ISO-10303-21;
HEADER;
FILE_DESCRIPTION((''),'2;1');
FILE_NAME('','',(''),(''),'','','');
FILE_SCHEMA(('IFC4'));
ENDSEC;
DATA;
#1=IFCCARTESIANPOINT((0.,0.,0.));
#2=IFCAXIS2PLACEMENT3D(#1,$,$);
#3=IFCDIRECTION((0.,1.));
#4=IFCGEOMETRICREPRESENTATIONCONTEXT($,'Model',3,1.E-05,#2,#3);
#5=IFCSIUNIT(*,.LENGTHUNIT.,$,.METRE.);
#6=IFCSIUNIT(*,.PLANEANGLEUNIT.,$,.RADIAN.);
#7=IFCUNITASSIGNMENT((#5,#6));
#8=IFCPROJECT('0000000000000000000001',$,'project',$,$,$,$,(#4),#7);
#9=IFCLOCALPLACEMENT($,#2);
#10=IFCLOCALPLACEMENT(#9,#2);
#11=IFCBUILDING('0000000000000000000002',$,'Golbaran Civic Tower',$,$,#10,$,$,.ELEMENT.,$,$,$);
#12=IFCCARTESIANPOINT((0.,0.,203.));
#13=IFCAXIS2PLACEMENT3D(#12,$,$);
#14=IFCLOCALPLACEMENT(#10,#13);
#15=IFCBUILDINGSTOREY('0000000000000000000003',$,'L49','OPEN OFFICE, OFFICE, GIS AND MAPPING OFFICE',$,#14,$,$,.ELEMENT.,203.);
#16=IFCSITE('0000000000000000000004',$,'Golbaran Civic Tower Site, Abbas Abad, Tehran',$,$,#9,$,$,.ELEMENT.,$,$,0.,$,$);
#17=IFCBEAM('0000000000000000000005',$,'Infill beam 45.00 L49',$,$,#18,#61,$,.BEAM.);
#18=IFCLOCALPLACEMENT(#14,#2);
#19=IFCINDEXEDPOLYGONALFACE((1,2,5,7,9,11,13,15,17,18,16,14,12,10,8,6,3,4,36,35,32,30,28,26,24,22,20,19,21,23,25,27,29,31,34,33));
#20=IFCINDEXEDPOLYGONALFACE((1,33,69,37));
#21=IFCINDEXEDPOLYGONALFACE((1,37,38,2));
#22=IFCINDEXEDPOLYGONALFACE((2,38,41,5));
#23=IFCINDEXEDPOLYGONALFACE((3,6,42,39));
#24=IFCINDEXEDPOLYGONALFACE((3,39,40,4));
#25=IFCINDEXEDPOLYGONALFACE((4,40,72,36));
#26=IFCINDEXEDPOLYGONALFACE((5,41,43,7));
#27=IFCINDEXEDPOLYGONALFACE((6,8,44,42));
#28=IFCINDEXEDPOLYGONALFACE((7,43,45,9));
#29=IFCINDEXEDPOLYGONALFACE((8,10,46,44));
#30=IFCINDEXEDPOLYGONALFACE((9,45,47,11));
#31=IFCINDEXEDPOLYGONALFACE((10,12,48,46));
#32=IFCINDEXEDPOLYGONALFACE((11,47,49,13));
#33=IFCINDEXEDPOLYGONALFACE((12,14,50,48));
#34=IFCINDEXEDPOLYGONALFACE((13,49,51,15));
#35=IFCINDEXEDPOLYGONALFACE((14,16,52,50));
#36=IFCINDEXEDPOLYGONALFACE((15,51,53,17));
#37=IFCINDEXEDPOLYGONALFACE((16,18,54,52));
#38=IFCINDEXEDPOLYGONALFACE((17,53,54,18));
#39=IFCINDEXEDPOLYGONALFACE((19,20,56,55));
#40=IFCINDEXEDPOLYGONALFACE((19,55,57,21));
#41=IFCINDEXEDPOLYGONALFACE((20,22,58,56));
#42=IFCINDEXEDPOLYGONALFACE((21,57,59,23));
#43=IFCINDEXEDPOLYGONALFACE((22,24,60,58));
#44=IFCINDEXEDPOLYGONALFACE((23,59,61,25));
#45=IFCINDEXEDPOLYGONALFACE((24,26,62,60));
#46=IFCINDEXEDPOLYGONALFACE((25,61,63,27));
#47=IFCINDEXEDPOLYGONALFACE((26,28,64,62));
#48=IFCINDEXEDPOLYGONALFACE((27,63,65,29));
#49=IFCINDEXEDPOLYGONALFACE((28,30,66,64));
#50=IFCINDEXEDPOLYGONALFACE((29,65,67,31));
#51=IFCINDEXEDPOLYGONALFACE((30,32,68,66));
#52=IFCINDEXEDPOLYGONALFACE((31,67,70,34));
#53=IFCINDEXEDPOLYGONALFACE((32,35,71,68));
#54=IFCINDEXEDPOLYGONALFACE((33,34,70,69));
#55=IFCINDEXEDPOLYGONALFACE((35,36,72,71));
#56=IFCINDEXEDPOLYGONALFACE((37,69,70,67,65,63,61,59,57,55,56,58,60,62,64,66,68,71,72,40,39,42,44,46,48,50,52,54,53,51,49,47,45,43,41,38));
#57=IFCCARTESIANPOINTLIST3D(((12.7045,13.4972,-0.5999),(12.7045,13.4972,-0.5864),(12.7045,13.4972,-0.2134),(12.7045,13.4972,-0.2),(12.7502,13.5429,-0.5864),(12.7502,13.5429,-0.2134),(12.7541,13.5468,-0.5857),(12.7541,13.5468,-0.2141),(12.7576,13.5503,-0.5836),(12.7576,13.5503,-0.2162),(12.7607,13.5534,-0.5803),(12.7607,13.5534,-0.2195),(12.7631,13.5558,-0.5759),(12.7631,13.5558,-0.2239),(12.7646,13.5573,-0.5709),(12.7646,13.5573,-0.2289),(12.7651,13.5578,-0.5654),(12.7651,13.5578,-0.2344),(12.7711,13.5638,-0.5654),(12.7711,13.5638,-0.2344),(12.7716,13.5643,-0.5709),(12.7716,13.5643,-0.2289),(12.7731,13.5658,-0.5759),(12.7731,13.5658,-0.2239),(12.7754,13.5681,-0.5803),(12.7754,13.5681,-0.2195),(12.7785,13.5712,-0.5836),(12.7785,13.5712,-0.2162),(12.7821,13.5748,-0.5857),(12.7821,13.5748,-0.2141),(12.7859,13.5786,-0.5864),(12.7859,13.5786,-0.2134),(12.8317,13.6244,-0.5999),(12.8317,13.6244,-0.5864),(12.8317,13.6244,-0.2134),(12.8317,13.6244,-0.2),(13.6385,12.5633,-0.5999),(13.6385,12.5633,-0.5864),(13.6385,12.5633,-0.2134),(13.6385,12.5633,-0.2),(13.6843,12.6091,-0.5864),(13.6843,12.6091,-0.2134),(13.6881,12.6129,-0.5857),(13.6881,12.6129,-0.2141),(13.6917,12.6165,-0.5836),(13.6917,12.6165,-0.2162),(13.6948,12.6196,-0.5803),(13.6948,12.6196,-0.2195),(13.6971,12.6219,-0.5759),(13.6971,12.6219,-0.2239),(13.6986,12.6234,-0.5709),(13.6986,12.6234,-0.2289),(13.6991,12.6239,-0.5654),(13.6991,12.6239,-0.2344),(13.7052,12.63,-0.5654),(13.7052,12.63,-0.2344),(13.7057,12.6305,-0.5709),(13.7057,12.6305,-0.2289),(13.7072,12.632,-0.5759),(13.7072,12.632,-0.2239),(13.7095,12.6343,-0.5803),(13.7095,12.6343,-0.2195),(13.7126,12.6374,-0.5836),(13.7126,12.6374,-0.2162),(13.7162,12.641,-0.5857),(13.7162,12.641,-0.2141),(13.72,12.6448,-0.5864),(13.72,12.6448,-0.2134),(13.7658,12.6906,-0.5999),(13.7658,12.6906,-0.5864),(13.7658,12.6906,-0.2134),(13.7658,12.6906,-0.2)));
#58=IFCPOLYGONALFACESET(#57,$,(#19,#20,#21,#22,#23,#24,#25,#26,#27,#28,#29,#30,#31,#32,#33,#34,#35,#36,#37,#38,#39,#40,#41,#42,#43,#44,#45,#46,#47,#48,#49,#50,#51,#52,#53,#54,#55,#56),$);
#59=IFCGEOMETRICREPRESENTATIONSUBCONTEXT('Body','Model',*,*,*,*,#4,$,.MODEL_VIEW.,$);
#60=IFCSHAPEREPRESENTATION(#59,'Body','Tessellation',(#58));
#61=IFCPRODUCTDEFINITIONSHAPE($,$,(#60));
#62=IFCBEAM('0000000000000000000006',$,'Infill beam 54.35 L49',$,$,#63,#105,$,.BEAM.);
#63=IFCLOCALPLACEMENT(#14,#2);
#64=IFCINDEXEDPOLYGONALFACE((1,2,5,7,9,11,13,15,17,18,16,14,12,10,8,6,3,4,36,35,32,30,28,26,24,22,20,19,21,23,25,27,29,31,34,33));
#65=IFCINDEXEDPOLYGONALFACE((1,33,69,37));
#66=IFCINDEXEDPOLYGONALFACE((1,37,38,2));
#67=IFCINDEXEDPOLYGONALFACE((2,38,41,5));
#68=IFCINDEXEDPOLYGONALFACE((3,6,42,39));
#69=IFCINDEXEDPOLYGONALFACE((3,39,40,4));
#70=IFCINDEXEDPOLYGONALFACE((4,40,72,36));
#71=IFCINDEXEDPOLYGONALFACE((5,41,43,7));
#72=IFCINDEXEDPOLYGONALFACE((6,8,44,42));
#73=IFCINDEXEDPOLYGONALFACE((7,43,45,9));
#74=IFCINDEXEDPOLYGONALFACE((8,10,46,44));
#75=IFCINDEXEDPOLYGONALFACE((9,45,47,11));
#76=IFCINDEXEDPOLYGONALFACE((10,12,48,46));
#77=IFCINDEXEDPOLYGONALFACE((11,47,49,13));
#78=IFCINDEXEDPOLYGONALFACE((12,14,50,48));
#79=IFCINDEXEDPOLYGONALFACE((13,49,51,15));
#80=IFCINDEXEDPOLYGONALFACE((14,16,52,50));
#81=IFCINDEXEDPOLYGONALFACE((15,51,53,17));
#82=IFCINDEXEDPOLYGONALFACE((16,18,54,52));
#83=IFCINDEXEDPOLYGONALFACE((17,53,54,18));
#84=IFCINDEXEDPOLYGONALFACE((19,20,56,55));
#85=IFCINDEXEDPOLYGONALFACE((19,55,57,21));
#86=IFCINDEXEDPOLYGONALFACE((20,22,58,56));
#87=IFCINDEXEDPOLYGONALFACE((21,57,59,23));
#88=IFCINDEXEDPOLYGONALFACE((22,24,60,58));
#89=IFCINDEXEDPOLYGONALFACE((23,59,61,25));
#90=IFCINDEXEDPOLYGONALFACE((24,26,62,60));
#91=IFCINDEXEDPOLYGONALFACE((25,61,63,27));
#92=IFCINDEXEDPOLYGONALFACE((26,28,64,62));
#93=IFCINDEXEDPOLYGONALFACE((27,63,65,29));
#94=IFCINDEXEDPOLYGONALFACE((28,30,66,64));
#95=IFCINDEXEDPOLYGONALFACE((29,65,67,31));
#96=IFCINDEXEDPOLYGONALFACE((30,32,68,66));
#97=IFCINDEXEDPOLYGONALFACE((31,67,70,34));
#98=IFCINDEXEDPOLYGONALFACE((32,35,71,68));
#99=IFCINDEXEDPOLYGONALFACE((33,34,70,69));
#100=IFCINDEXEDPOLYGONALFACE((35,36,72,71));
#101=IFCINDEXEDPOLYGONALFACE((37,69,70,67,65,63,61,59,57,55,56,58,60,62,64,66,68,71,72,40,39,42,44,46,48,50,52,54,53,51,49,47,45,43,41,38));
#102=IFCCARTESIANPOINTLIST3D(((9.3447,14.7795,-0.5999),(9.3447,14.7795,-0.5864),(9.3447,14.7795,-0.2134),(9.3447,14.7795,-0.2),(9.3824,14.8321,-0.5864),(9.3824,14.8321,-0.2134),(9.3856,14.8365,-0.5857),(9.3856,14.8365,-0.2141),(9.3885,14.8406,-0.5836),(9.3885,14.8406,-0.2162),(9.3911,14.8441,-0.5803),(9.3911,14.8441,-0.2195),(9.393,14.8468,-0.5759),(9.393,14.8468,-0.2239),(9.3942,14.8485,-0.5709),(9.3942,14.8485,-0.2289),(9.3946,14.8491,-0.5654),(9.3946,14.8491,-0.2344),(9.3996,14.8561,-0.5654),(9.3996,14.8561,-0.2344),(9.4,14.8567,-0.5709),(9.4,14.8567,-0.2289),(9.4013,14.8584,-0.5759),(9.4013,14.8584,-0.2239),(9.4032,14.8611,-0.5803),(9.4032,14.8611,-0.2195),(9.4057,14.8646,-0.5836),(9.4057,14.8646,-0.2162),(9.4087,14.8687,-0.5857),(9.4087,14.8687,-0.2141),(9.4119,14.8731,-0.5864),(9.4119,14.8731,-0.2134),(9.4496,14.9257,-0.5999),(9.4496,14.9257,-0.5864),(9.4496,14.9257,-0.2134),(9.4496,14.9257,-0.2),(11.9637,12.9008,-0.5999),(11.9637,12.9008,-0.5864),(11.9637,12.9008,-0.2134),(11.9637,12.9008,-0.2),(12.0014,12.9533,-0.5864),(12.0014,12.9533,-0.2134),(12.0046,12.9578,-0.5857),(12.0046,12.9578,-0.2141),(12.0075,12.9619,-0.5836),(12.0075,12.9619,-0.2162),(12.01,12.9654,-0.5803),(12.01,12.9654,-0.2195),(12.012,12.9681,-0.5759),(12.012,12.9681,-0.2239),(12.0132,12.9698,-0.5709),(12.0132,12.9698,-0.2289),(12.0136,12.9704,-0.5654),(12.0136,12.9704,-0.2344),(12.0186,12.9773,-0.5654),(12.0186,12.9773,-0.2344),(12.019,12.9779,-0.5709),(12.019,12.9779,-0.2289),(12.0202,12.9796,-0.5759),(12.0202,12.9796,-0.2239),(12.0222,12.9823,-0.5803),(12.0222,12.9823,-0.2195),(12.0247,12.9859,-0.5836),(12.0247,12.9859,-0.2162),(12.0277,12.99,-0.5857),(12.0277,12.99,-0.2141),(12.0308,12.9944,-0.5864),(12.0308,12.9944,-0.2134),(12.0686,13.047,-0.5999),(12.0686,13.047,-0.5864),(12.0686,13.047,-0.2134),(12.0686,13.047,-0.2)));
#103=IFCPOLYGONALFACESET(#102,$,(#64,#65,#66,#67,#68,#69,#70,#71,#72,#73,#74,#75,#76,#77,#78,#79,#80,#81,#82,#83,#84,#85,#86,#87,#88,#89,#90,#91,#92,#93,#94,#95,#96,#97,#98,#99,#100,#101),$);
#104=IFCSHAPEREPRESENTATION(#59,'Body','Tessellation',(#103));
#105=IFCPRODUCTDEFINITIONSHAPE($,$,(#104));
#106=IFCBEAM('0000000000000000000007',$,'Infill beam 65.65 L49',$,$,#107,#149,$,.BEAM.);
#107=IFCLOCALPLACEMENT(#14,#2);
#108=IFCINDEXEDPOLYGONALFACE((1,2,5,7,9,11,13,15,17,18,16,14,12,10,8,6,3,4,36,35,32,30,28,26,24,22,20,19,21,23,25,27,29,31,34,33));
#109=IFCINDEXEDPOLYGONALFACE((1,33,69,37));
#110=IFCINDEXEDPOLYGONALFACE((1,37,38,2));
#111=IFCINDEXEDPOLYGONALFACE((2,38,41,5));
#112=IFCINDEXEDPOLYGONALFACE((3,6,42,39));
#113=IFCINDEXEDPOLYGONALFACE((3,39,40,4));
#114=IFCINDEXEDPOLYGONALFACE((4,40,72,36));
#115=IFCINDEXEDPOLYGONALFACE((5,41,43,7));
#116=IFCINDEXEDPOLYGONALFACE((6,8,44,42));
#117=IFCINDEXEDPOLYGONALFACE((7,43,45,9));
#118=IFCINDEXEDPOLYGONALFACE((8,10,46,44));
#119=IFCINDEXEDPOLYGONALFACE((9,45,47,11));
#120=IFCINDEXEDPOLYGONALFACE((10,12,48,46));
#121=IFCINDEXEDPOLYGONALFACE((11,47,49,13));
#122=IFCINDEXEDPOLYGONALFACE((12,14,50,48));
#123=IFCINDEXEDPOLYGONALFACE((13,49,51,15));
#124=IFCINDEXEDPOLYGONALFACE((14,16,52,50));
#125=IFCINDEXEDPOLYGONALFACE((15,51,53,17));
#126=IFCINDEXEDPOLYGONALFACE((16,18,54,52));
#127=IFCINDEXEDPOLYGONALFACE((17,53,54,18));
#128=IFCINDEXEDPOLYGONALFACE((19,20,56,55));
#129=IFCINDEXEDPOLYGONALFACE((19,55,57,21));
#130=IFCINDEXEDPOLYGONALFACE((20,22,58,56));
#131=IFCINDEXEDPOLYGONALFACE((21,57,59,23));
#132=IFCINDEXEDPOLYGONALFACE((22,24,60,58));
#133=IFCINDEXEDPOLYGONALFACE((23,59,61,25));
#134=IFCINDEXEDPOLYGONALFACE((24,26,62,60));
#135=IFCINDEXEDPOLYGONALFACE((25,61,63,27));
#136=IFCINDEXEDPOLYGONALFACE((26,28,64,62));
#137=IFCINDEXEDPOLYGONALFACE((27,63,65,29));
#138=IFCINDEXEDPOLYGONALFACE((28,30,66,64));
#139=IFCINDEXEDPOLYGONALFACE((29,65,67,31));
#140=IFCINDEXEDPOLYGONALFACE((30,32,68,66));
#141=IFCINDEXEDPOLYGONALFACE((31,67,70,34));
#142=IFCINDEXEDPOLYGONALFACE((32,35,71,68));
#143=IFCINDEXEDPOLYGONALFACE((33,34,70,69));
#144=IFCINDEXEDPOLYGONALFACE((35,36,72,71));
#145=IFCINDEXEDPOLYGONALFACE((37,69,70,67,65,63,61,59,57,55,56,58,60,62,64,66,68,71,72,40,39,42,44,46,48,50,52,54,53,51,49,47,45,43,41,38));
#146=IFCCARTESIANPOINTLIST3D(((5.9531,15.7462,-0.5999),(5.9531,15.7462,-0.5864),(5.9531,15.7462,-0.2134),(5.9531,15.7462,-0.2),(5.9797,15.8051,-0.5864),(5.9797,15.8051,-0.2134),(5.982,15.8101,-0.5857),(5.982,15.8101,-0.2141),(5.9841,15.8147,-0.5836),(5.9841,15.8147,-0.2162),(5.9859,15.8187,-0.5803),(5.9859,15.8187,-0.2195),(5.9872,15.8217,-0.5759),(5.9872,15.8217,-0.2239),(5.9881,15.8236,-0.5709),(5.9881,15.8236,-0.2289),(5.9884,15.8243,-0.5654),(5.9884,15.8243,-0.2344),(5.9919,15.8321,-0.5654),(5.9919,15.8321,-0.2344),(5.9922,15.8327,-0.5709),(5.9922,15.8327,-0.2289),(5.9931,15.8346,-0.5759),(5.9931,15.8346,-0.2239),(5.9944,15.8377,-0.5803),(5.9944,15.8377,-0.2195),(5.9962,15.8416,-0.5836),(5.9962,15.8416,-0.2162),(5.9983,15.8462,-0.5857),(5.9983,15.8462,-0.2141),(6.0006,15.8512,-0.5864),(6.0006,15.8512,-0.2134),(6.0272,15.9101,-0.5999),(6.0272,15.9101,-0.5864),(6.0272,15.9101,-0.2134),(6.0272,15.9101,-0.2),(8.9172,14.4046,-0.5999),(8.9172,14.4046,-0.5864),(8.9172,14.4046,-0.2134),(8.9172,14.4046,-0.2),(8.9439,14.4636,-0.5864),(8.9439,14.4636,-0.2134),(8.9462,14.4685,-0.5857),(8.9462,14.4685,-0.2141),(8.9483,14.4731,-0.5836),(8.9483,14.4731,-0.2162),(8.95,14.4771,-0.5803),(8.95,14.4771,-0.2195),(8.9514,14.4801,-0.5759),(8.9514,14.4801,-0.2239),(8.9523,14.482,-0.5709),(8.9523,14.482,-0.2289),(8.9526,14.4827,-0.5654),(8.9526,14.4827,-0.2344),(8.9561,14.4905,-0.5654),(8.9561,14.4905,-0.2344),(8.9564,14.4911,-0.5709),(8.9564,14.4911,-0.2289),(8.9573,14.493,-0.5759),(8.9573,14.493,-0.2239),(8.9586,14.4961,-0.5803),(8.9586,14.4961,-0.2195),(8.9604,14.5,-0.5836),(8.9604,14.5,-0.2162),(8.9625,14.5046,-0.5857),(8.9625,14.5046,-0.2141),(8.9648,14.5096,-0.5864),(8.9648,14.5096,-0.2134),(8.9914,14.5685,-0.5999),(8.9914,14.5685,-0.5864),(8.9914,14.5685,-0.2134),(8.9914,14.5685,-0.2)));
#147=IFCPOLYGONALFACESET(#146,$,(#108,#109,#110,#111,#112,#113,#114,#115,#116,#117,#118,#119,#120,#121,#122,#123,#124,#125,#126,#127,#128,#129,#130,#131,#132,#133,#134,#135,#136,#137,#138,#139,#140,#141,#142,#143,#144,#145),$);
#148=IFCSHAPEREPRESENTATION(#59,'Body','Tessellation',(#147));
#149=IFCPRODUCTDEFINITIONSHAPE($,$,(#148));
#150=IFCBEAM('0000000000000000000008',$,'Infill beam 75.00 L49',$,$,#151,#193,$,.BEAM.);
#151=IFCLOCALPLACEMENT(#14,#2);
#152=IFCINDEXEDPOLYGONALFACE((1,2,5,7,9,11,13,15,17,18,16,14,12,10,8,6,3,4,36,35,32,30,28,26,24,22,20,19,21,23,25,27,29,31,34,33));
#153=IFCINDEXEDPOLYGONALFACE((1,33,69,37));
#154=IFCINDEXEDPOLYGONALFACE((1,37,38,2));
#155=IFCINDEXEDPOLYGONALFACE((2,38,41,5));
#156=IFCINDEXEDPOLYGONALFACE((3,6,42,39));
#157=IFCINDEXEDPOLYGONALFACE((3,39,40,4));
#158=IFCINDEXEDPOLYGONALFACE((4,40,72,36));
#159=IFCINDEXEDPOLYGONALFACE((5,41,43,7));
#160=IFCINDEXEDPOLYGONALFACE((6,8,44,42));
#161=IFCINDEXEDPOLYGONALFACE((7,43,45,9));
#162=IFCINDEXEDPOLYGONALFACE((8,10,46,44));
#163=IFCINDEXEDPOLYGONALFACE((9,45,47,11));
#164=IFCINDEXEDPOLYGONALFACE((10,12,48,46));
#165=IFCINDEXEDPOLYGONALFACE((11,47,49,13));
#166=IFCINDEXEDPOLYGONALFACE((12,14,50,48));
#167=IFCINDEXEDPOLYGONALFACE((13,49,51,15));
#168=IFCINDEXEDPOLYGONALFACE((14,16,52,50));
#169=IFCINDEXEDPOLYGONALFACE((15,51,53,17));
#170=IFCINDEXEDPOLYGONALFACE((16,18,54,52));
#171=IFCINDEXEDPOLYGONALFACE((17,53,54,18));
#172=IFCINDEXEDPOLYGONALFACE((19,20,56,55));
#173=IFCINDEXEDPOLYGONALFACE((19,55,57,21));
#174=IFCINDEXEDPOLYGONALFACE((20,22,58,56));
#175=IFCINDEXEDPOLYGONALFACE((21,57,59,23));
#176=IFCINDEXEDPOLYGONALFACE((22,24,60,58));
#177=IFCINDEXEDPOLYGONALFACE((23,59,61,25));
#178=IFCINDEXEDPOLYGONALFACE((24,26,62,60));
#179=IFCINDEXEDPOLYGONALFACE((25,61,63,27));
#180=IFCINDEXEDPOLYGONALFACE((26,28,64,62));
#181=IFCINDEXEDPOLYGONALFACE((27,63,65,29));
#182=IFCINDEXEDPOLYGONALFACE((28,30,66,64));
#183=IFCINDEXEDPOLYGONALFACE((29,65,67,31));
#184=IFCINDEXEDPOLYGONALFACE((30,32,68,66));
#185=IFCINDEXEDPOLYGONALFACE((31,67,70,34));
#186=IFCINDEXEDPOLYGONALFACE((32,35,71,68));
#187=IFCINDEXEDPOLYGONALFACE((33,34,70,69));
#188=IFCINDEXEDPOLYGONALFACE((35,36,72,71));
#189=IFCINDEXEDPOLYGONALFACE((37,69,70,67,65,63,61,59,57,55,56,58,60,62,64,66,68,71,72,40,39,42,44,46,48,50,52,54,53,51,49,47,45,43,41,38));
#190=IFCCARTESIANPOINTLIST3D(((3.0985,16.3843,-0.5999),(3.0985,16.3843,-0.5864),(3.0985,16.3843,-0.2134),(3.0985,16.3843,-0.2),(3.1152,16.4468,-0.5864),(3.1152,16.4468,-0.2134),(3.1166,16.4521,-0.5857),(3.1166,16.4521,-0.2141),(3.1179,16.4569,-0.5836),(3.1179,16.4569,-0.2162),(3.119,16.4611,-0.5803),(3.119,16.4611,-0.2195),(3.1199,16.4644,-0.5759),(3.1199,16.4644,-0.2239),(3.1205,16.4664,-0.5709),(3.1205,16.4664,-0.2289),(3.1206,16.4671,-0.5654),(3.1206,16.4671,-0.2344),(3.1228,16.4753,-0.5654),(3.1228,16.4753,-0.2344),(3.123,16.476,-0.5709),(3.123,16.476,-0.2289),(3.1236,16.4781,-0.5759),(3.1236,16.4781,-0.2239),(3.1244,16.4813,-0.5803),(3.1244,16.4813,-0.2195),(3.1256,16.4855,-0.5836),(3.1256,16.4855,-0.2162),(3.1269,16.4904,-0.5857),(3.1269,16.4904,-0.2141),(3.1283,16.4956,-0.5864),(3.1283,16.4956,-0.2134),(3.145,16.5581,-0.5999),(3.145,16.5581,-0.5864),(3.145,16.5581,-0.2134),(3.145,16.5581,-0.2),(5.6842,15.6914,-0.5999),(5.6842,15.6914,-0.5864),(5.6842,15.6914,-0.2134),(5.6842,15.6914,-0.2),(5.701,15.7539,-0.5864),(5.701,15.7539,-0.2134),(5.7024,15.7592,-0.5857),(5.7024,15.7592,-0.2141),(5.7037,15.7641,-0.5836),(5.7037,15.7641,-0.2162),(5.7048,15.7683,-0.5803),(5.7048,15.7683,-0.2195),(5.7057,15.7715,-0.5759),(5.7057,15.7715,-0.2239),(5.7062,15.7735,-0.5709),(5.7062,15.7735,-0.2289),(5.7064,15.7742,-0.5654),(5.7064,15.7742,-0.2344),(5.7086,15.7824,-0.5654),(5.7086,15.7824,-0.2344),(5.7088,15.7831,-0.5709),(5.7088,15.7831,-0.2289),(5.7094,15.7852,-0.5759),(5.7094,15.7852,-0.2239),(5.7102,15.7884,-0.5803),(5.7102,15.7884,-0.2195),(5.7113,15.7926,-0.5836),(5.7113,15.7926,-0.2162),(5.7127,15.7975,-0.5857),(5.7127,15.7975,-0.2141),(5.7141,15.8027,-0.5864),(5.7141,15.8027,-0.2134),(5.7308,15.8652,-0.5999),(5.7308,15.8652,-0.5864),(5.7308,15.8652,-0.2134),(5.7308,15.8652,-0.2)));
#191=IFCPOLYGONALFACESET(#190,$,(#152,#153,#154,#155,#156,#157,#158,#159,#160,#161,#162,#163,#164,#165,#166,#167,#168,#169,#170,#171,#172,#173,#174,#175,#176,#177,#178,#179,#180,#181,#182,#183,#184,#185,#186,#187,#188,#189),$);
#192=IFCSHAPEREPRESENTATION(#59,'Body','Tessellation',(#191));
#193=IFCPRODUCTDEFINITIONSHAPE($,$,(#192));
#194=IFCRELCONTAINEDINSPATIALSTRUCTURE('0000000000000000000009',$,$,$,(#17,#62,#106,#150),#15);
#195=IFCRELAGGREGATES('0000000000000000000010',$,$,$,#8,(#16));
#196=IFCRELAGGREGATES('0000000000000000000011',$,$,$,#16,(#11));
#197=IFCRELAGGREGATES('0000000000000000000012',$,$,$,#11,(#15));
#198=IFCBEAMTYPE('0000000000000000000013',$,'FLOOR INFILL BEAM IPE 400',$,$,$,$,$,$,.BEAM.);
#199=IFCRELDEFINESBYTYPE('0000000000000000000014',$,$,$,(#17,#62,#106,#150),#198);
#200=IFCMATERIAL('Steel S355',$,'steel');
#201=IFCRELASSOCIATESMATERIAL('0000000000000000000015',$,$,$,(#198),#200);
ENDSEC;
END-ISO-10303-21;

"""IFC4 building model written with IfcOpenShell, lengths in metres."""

from ifc_helpers import new_model, si_unit, direction, frame, origin, origin_2d, place, context, subcontext, project, spatial, i_section, extrude, material, material_profile, profile_set, type_object, element, save


model = new_model("IFC4")

# Units and contexts
model_context = context("Model", 3, precision=1e-05, world=origin(), true_north=direction((0.0, 1.0)))
body_context = subcontext(model_context, "Body", "Model", "MODEL_VIEW")
ifc_project = project(units=[si_unit("LENGTHUNIT", "METRE"), si_unit("PLANEANGLEUNIT", "RADIAN")], contexts=[model_context])

# Site, building, storey
site_placement = place(None, origin())
site = spatial("IfcSite", under=ifc_project, at=site_placement, Name="Golbaran Civic Tower Site, Abbas Abad, Tehran", CompositionType="ELEMENT", RefElevation=0.0)
building_placement = place(site_placement, origin())
building = spatial("IfcBuilding", under=site, at=building_placement, Name="Golbaran Civic Tower", CompositionType="ELEMENT")
storey_placement = place(building_placement, frame((0.0, 0.0, 203.0)))
storey = spatial("IfcBuildingStorey", under=building, at=storey_placement, Name="L49", Description="OPEN OFFICE, OFFICE, GIS AND MAPPING OFFICE", CompositionType="ELEMENT", Elevation=203.0)

# Beams
ifc_material_1 = material(Name="Steel S355", Category="steel")
ifc_material_profile_1 = material_profile(ifc_material_1, i_section(OverallWidth=0.1799, OverallDepth=0.3999, WebThickness=0.0085, FlangeThickness=0.0134, FilletRadius=0.021, at=origin_2d()), Name="IPE 400")
ifc_profile_set_1 = profile_set([ifc_material_profile_1], Name="Steel S355")
beam_type_1 = type_object("IfcBeamType", Name="FLOOR INFILL BEAM IPE 400", PredefinedType="BEAM", material=ifc_profile_set_1)
beam_1_placement = place(storey_placement, frame((13.7021, 12.627, -0.3999), z_axis=(-0.707199, 0.707014, 0.0), x_axis=(-0.707014, -0.707199, 0.0)))
element("IfcBeam", 1, at=beam_1_placement, inside=storey, type_object=beam_type_1, Name="Infill beam 45.00 L49", PredefinedType="BEAM", context=body_context, shape_type="SweptSolid", body=[
    extrude(i_section(OverallWidth=0.1799, OverallDepth=0.3999, WebThickness=0.0085, FlangeThickness=0.0134, FilletRadius=0.021, at=origin_2d()), origin(), (0.0, 0.0, 1.0), 1.3208),
])
beam_2_placement = place(storey_placement, frame((12.0161, 12.9739, -0.3999), z_axis=(-0.812555, 0.582885, 0.0), x_axis=(-0.582885, -0.812555, 0.0)))
element("IfcBeam", 2, at=beam_2_placement, inside=storey, type_object=beam_type_1, Name="Infill beam 54.35 L49", PredefinedType="BEAM", context=body_context, shape_type="SweptSolid", body=[
    extrude(i_section(OverallWidth=0.1799, OverallDepth=0.3999, WebThickness=0.0085, FlangeThickness=0.0134, FilletRadius=0.021, at=origin_2d()), origin(), (0.0, 0.0, 1.0), 3.2231),
])
beam_3_placement = place(storey_placement, frame((8.9543, 14.4866, -0.3999), z_axis=(-0.911033, 0.412332, 0.0), x_axis=(-0.412332, -0.911033, 0.0)))
element("IfcBeam", 3, at=beam_3_placement, inside=storey, type_object=beam_type_1, Name="Infill beam 65.65 L49", PredefinedType="BEAM", context=body_context, shape_type="SweptSolid", body=[
    extrude(i_section(OverallWidth=0.1799, OverallDepth=0.3999, WebThickness=0.0085, FlangeThickness=0.0134, FilletRadius=0.021, at=origin_2d()), origin(), (0.0, 0.0, 1.0), 3.2537),
])
beam_4_placement = place(storey_placement, frame((5.7075, 15.7783, -0.3999), z_axis=(-0.965922, 0.258832, 0.0), x_axis=(-0.258832, -0.965922, 0.0)))
element("IfcBeam", 4, at=beam_4_placement, inside=storey, type_object=beam_type_1, Name="Infill beam 75.00 L49", PredefinedType="BEAM", context=body_context, shape_type="SweptSolid", body=[
    extrude(i_section(OverallWidth=0.1799, OverallDepth=0.3999, WebThickness=0.0085, FlangeThickness=0.0134, FilletRadius=0.021, at=origin_2d()), origin(), (0.0, 0.0, 1.0), 2.677),
])

save(model, "model.ifc")
